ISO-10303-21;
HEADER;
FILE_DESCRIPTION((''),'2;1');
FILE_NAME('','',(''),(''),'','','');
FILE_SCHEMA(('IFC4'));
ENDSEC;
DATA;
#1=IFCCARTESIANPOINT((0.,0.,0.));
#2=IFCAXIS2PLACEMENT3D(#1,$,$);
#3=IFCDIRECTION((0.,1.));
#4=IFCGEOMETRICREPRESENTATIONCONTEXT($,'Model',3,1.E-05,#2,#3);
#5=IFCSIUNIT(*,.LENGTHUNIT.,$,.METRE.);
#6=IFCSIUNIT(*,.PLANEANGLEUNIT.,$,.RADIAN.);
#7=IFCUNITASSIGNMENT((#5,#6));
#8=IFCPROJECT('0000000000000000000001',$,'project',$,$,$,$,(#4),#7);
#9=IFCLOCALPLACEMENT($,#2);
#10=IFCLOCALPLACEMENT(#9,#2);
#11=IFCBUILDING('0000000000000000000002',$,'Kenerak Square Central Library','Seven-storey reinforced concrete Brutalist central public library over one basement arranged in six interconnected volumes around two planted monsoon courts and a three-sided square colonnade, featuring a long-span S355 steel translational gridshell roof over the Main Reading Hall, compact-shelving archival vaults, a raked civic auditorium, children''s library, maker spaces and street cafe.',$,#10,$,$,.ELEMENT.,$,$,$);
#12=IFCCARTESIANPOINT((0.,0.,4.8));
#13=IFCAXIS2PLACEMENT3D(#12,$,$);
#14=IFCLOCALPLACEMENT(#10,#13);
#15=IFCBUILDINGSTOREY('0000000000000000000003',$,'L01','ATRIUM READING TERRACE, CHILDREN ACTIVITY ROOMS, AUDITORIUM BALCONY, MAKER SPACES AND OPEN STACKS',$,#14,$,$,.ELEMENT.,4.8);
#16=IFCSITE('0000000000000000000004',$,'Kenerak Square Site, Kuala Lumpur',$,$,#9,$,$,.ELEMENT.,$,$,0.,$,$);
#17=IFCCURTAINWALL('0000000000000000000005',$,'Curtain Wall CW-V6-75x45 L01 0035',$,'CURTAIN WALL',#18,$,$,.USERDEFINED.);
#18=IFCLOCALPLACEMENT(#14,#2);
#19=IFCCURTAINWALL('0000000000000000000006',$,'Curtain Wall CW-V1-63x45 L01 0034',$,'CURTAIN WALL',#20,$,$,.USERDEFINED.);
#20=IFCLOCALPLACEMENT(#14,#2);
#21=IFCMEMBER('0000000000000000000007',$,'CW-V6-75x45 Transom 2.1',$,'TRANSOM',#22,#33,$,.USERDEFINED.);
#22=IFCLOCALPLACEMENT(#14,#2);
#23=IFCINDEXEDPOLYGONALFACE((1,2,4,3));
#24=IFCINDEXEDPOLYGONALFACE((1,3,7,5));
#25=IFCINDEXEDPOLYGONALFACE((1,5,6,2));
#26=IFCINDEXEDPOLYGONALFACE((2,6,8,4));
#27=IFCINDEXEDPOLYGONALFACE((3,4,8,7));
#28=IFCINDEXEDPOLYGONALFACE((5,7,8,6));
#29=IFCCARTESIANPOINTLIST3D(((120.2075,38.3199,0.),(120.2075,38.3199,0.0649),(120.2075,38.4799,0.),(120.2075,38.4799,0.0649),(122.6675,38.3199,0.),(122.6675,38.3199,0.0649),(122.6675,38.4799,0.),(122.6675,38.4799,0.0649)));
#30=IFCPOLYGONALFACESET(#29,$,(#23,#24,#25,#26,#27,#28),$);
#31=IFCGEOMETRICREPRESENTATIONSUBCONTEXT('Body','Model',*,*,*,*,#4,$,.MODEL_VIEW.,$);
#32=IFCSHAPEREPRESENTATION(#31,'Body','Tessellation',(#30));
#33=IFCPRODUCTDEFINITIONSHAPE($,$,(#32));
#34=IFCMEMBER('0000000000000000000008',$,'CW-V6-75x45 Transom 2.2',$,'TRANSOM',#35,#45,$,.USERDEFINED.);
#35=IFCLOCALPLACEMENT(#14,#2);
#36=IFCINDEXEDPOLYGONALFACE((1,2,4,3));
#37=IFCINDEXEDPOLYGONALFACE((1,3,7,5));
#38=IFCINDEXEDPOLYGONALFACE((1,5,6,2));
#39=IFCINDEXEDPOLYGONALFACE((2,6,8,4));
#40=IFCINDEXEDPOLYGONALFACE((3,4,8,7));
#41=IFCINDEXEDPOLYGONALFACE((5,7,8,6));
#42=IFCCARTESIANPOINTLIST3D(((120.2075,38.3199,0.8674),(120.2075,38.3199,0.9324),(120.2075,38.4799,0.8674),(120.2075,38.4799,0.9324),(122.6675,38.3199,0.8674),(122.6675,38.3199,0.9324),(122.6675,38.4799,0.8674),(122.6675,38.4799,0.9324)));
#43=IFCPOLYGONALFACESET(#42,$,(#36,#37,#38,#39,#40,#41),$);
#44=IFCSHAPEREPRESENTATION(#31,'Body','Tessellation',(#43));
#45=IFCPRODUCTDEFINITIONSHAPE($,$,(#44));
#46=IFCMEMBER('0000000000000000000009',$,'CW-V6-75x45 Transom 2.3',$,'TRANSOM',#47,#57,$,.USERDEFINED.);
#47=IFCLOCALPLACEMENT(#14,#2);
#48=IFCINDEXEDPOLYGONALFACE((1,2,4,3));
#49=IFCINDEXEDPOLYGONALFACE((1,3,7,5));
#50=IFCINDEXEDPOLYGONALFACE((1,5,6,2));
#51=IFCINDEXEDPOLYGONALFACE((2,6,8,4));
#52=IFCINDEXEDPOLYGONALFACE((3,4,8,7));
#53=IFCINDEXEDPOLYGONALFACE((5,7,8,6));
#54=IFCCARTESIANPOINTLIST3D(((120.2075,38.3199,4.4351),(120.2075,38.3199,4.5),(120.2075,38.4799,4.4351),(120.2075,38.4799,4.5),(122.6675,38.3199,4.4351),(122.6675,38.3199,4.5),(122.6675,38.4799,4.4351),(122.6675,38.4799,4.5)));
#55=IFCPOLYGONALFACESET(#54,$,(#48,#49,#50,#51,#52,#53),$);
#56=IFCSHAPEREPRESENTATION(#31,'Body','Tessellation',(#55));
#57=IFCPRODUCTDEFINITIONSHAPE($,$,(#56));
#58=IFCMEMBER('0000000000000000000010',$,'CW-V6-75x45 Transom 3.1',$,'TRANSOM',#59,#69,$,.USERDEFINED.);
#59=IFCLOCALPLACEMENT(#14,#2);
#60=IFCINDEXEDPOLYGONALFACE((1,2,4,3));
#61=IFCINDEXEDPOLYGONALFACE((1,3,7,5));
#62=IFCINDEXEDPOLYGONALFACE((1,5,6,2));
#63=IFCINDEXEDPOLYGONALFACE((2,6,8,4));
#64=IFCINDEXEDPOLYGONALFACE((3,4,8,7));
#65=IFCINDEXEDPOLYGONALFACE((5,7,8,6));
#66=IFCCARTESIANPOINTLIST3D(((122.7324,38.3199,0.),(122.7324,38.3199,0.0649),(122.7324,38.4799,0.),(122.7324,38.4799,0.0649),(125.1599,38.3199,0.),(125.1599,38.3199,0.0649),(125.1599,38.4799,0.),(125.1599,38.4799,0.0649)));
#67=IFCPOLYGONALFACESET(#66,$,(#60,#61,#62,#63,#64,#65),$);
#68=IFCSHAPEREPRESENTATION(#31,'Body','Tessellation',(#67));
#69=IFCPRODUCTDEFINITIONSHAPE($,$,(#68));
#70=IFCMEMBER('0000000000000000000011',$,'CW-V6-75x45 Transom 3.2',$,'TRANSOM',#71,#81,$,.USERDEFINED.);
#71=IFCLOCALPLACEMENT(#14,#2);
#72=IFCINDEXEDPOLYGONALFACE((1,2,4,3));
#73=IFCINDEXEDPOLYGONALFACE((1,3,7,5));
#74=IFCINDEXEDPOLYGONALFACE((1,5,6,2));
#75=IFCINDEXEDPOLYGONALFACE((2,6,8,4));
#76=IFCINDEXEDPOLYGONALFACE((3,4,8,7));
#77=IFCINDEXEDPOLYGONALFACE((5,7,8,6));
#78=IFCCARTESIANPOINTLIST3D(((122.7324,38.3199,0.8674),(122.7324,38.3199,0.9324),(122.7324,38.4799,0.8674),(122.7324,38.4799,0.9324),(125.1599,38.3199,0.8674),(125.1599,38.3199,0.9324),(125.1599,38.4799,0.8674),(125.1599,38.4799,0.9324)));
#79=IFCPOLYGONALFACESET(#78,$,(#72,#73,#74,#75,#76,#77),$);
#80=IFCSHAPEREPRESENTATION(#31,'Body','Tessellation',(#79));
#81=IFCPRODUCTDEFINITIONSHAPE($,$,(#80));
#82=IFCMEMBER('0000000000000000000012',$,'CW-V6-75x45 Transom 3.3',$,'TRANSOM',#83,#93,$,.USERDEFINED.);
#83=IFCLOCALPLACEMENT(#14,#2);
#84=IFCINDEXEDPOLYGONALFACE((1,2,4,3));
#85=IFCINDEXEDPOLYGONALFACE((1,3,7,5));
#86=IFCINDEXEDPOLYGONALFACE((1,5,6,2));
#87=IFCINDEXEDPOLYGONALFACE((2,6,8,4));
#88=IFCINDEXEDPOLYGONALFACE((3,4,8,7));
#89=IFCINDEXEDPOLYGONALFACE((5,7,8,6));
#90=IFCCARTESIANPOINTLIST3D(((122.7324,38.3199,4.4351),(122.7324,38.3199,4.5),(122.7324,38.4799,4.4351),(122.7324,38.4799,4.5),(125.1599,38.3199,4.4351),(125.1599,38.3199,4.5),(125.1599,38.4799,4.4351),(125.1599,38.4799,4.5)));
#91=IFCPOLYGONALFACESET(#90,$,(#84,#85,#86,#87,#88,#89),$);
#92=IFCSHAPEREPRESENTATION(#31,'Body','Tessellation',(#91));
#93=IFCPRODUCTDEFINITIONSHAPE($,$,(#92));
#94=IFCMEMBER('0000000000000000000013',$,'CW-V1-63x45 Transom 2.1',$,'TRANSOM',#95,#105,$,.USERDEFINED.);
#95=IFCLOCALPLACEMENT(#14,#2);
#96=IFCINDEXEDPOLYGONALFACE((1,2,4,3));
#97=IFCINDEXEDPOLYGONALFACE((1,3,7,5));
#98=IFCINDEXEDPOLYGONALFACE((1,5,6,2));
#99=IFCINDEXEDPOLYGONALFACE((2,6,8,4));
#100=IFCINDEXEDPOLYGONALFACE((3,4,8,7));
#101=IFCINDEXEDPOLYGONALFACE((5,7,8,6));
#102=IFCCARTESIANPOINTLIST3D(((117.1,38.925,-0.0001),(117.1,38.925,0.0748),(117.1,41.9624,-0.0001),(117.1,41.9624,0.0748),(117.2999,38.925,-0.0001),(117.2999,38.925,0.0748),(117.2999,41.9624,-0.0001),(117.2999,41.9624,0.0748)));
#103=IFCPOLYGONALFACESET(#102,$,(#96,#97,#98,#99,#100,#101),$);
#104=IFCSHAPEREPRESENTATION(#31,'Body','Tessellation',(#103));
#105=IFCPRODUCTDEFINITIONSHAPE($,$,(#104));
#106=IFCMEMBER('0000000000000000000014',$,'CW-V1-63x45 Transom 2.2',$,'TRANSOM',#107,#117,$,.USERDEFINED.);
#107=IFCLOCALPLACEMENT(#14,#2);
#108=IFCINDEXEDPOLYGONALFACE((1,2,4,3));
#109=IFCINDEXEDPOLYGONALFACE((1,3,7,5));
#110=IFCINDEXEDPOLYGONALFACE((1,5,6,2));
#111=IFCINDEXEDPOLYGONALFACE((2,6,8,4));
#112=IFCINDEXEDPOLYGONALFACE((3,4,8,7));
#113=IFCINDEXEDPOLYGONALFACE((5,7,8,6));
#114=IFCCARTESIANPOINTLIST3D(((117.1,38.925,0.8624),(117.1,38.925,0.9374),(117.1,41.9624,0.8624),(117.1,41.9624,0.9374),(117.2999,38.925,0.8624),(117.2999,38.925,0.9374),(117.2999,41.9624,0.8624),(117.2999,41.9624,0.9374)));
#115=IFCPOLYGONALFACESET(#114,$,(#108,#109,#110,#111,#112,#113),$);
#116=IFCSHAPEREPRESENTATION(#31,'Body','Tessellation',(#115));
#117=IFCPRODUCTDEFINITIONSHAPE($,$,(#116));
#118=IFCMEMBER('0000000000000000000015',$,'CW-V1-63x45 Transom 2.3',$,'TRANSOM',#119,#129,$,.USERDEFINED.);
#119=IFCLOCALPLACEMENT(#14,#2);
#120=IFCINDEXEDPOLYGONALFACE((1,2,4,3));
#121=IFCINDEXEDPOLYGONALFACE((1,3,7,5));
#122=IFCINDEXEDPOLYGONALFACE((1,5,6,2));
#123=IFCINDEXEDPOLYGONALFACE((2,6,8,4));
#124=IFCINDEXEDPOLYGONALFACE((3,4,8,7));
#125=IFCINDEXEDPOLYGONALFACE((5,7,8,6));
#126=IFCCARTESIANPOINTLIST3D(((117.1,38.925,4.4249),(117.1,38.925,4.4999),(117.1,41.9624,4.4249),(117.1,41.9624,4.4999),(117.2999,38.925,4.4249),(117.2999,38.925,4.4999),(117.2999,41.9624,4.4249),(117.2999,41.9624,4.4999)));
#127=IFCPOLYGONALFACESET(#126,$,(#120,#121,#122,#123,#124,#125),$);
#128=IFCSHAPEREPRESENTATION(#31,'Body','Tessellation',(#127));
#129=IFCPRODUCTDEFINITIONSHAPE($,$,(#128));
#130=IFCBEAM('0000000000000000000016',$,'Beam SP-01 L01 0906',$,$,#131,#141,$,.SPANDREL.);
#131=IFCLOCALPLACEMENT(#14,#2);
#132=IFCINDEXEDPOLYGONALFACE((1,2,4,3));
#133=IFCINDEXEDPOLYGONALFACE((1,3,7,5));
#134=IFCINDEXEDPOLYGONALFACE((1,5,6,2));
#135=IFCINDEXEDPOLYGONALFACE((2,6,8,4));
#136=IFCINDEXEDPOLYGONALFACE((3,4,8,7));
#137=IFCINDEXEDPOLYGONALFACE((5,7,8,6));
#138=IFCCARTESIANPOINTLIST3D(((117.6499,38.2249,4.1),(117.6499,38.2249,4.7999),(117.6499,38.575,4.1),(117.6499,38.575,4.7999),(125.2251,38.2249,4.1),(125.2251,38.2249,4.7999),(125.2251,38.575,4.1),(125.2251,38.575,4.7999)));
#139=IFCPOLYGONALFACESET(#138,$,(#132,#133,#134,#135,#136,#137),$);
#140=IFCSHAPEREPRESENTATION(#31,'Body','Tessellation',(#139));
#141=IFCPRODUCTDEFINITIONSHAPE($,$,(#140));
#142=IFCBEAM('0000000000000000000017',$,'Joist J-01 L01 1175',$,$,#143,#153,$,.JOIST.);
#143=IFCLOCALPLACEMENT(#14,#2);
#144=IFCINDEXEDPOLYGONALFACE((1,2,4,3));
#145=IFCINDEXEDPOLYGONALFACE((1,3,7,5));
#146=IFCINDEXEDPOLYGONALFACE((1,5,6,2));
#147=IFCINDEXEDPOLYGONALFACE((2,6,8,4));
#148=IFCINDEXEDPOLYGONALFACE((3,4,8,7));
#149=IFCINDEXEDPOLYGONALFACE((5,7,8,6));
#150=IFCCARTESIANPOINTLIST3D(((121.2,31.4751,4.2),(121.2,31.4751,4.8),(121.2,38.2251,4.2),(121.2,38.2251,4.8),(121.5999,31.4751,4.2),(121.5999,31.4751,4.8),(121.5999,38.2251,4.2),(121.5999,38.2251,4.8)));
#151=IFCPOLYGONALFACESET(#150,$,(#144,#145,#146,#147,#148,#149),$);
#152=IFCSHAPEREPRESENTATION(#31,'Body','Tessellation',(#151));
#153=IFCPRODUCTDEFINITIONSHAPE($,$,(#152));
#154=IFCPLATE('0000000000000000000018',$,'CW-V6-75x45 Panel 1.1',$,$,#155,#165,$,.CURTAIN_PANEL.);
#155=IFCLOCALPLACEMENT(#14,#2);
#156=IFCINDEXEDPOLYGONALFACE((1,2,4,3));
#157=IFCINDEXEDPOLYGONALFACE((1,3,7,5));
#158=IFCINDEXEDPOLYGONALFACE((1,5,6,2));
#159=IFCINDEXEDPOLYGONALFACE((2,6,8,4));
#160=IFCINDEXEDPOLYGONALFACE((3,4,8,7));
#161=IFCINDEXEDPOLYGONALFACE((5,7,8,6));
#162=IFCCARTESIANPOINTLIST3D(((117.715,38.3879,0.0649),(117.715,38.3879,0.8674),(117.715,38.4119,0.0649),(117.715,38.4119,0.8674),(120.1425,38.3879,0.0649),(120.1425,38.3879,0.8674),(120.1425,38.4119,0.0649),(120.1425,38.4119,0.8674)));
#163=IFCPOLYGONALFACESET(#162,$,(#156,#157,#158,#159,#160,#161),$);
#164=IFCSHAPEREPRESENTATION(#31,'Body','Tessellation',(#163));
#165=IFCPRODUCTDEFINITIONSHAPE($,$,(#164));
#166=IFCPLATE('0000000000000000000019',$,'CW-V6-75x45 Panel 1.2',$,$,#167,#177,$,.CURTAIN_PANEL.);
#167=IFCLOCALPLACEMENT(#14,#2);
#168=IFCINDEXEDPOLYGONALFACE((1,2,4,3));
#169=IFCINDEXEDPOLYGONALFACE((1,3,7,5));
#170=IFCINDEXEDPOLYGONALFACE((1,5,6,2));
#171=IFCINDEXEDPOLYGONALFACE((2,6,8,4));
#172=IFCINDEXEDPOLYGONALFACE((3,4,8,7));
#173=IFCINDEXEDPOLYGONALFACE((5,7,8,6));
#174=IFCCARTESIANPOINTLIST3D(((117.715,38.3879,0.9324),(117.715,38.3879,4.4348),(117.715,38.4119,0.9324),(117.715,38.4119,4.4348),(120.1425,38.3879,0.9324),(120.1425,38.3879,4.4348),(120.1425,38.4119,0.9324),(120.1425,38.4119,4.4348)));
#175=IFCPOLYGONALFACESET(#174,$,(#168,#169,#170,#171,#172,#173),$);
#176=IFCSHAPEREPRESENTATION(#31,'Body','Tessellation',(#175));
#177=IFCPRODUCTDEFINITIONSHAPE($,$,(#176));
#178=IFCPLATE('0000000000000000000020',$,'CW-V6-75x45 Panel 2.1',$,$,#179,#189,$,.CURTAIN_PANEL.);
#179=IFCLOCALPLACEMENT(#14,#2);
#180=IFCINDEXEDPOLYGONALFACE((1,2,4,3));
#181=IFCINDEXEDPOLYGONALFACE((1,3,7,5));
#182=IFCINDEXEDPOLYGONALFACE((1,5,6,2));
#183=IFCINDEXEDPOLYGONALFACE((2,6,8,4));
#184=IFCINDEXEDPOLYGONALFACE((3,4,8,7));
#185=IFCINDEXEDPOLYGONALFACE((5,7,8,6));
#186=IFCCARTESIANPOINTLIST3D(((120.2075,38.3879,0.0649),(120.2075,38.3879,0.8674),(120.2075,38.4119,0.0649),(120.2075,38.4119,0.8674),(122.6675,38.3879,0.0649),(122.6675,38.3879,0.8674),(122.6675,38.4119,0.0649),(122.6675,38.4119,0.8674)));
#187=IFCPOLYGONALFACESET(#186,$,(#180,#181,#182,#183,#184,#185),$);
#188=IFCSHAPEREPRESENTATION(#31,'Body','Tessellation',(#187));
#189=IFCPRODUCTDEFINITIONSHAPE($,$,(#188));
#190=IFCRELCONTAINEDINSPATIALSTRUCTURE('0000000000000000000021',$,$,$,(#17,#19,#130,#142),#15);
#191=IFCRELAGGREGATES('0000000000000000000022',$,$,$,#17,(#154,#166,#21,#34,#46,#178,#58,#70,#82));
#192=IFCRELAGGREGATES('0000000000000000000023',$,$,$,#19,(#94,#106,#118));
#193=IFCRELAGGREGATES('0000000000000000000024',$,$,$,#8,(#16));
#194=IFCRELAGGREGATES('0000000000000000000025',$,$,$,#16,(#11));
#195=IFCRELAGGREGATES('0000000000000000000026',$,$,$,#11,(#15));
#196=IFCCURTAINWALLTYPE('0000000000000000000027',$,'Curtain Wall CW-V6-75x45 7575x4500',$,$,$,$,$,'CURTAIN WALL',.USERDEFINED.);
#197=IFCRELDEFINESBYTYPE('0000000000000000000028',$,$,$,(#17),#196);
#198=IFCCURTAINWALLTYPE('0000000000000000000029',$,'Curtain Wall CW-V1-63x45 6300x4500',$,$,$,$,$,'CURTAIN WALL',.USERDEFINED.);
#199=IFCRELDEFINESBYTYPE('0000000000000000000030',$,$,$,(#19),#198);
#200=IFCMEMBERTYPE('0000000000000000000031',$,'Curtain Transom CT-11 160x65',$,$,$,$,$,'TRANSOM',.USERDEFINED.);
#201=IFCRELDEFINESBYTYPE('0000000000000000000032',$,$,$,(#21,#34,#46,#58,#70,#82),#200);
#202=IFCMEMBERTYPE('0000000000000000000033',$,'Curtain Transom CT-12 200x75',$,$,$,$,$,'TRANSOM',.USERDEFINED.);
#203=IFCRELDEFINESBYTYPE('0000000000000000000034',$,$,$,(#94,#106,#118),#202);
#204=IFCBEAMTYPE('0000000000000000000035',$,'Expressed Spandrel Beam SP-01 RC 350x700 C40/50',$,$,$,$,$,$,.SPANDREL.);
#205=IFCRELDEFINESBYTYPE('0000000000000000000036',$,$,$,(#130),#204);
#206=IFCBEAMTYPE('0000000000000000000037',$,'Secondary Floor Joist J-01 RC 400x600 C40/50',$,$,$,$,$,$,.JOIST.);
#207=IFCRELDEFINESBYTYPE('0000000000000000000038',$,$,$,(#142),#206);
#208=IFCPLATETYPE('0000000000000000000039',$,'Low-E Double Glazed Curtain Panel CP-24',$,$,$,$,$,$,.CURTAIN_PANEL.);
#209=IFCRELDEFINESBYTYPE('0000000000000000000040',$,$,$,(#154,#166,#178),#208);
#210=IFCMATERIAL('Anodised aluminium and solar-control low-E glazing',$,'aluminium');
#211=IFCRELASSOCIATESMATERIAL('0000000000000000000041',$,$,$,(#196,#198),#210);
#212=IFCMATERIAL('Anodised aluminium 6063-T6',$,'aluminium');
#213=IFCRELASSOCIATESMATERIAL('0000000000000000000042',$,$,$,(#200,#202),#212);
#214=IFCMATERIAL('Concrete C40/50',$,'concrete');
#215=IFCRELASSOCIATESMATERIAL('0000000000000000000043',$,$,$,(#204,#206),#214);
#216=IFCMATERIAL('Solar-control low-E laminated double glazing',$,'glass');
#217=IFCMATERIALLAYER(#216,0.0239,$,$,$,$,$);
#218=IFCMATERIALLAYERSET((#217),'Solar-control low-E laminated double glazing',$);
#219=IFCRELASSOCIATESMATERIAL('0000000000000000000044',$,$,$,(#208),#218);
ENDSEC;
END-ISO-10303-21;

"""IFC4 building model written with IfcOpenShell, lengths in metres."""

from ifc_helpers import new_model, si_unit, direction, frame, origin, origin_2d, place, context, subcontext, project, spatial, rectangle, extrude, material, layer, layer_set, material_profile, profile_set, type_object, element, aggregate, save


model = new_model("IFC4")

# Units and contexts
model_context = context("Model", 3, precision=1e-05, world=origin(), true_north=direction((0.0, 1.0)))
body_context = subcontext(model_context, "Body", "Model", "MODEL_VIEW")
ifc_project = project(units=[si_unit("LENGTHUNIT", "METRE"), si_unit("PLANEANGLEUNIT", "RADIAN")], contexts=[model_context])

# Site, building, storey
site_placement = place(None, origin())
site = spatial("IfcSite", under=ifc_project, at=site_placement, Name="Kenerak Square Site, Kuala Lumpur", CompositionType="ELEMENT", RefElevation=0.0)
building_placement = place(site_placement, origin())
building = spatial("IfcBuilding", under=site, at=building_placement, Name="Kenerak Square Central Library", Description="Seven-storey reinforced concrete Brutalist central public library over one basement arranged in six interconnected volumes around two planted monsoon courts and a three-sided square colonnade, featuring a long-span S355 steel translational gridshell roof over the Main Reading Hall, compact-shelving archival vaults, a raked civic auditorium, children's library, maker spaces and street cafe.", CompositionType="ELEMENT")
storey_placement = place(building_placement, frame((0.0, 0.0, 4.8)))
storey = spatial("IfcBuildingStorey", under=building, at=storey_placement, Name="L01", Description="ATRIUM READING TERRACE, CHILDREN ACTIVITY ROOMS, AUDITORIUM BALCONY, MAKER SPACES AND OPEN STACKS", CompositionType="ELEMENT", Elevation=4.8)

# Shared definitions
ifc_material_1 = material(Name="Concrete C40/50", Category="concrete")

# Curtain walls
ifc_material_2 = material(Name="Anodised aluminium and solar-control low-E glazing", Category="aluminium")
curtain_wall_type_1 = type_object("IfcCurtainWallType", Name="Curtain Wall CW-V6-75x45 7575x4500", ElementType="CURTAIN WALL", PredefinedType="USERDEFINED", material=ifc_material_2)
curtain_wall_1_placement = place(storey_placement, origin())
curtain_wall_1 = element("IfcCurtainWall", 1, at=curtain_wall_1_placement, inside=storey, type_object=curtain_wall_type_1, Name="Curtain Wall CW-V6-75x45 L01 0035", ObjectType="CURTAIN WALL", PredefinedType="USERDEFINED")
ifc_material_3 = material(Name="Anodised aluminium 6063-T6", Category="aluminium")
curtain_wall_type_2 = type_object("IfcCurtainWallType", Name="Curtain Wall CW-V1-63x45 6300x4500", ElementType="CURTAIN WALL", PredefinedType="USERDEFINED", material=ifc_material_2)
curtain_wall_2_placement = place(storey_placement, origin())
curtain_wall_2 = element("IfcCurtainWall", 2, at=curtain_wall_2_placement, inside=storey, type_object=curtain_wall_type_2, Name="Curtain Wall CW-V1-63x45 L01 0034", ObjectType="CURTAIN WALL", PredefinedType="USERDEFINED")

# Members
ifc_material_profile_1 = material_profile(ifc_material_3, rectangle(XDim=0.1599, YDim=0.0649, at=origin_2d()), Name="AL TRANSOM 160x65")
ifc_profile_set_1 = profile_set([ifc_material_profile_1], Name="Anodised aluminium 6063-T6")
member_type_1 = type_object("IfcMemberType", Name="Curtain Transom CT-11 160x65", ElementType="TRANSOM", PredefinedType="USERDEFINED", material=ifc_profile_set_1)
member_1_placement = place(storey_placement, frame((120.2075, 38.3999, 0.0325), z_axis=(1.0, 0.0, 0.0), x_axis=(0.0, 1.0, 0.0)))
member_1 = element("IfcMember", 3, at=member_1_placement, type_object=member_type_1, Name="CW-V6-75x45 Transom 2.1", ObjectType="TRANSOM", PredefinedType="USERDEFINED", context=body_context, shape_type="SweptSolid", body=[
    extrude(rectangle(XDim=0.1599, YDim=0.0649, at=origin_2d()), origin(), (0.0, 0.0, 1.0), 2.46),
])
member_2_placement = place(storey_placement, frame((120.2075, 38.3999, 0.8999), z_axis=(1.0, 0.0, 0.0), x_axis=(0.0, 1.0, 0.0)))
member_2 = element("IfcMember", 4, at=member_2_placement, type_object=member_type_1, Name="CW-V6-75x45 Transom 2.2", ObjectType="TRANSOM", PredefinedType="USERDEFINED", context=body_context, shape_type="SweptSolid", body=[
    extrude(rectangle(XDim=0.1599, YDim=0.0649, at=origin_2d()), origin(), (0.0, 0.0, 1.0), 2.46),
])
member_3_placement = place(storey_placement, frame((120.2075, 38.3999, 4.4675), z_axis=(1.0, 0.0, 0.0), x_axis=(0.0, 1.0, 0.0)))
member_3 = element("IfcMember", 5, at=member_3_placement, type_object=member_type_1, Name="CW-V6-75x45 Transom 2.3", ObjectType="TRANSOM", PredefinedType="USERDEFINED", context=body_context, shape_type="SweptSolid", body=[
    extrude(rectangle(XDim=0.1599, YDim=0.0649, at=origin_2d()), origin(), (0.0, 0.0, 1.0), 2.46),
])
member_4_placement = place(storey_placement, frame((122.7324, 38.3999, 0.0325), z_axis=(1.0, 0.0, 0.0), x_axis=(0.0, 1.0, 0.0)))
member_4 = element("IfcMember", 6, at=member_4_placement, type_object=member_type_1, Name="CW-V6-75x45 Transom 3.1", ObjectType="TRANSOM", PredefinedType="USERDEFINED", context=body_context, shape_type="SweptSolid", body=[
    extrude(rectangle(XDim=0.1599, YDim=0.0649, at=origin_2d()), origin(), (0.0, 0.0, 1.0), 2.4275),
])
member_5_placement = place(storey_placement, frame((122.7324, 38.3999, 0.8999), z_axis=(1.0, 0.0, 0.0), x_axis=(0.0, 1.0, 0.0)))
member_5 = element("IfcMember", 7, at=member_5_placement, type_object=member_type_1, Name="CW-V6-75x45 Transom 3.2", ObjectType="TRANSOM", PredefinedType="USERDEFINED", context=body_context, shape_type="SweptSolid", body=[
    extrude(rectangle(XDim=0.1599, YDim=0.0649, at=origin_2d()), origin(), (0.0, 0.0, 1.0), 2.4275),
])
member_6_placement = place(storey_placement, frame((122.7324, 38.3999, 4.4675), z_axis=(1.0, 0.0, 0.0), x_axis=(0.0, 1.0, 0.0)))
member_6 = element("IfcMember", 8, at=member_6_placement, type_object=member_type_1, Name="CW-V6-75x45 Transom 3.3", ObjectType="TRANSOM", PredefinedType="USERDEFINED", context=body_context, shape_type="SweptSolid", body=[
    extrude(rectangle(XDim=0.1599, YDim=0.0649, at=origin_2d()), origin(), (0.0, 0.0, 1.0), 2.4275),
])
ifc_material_profile_2 = material_profile(ifc_material_3, rectangle(XDim=0.2, YDim=0.075, at=origin_2d()), Name="AL TRANSOM 200x75")
ifc_profile_set_2 = profile_set([ifc_material_profile_2], Name="Anodised aluminium 6063-T6")
member_type_2 = type_object("IfcMemberType", Name="Curtain Transom CT-12 200x75", ElementType="TRANSOM", PredefinedType="USERDEFINED", material=ifc_profile_set_2)
member_7_placement = place(storey_placement, frame((117.2, 41.9624, 0.0374), z_axis=(0.0, -1.0, 0.0), x_axis=(1.0, 0.0, 0.0)))
member_7 = element("IfcMember", 9, at=member_7_placement, type_object=member_type_2, Name="CW-V1-63x45 Transom 2.1", ObjectType="TRANSOM", PredefinedType="USERDEFINED", context=body_context, shape_type="SweptSolid", body=[
    extrude(rectangle(XDim=0.2, YDim=0.075, at=origin_2d()), origin(), (0.0, 0.0, 1.0), 3.0374),
])
member_8_placement = place(storey_placement, frame((117.2, 41.9624, 0.8999), z_axis=(0.0, -1.0, 0.0), x_axis=(1.0, 0.0, 0.0)))
member_8 = element("IfcMember", 10, at=member_8_placement, type_object=member_type_2, Name="CW-V1-63x45 Transom 2.2", ObjectType="TRANSOM", PredefinedType="USERDEFINED", context=body_context, shape_type="SweptSolid", body=[
    extrude(rectangle(XDim=0.2, YDim=0.075, at=origin_2d()), origin(), (0.0, 0.0, 1.0), 3.0374),
])
member_9_placement = place(storey_placement, frame((117.2, 41.9624, 4.4624), z_axis=(0.0, -1.0, 0.0), x_axis=(1.0, 0.0, 0.0)))
member_9 = element("IfcMember", 11, at=member_9_placement, type_object=member_type_2, Name="CW-V1-63x45 Transom 2.3", ObjectType="TRANSOM", PredefinedType="USERDEFINED", context=body_context, shape_type="SweptSolid", body=[
    extrude(rectangle(XDim=0.2, YDim=0.075, at=origin_2d()), origin(), (0.0, 0.0, 1.0), 3.0374),
])

# Beams
ifc_material_profile_3 = material_profile(ifc_material_1, rectangle(XDim=0.3501, YDim=0.7, at=origin_2d()), Name="RC 350x700")
ifc_profile_set_3 = profile_set([ifc_material_profile_3], Name="Concrete C40/50")
beam_type_1 = type_object("IfcBeamType", Name="Expressed Spandrel Beam SP-01 RC 350x700 C40/50", PredefinedType="SPANDREL", material=ifc_profile_set_3)
beam_1_placement = place(storey_placement, frame((117.6499, 38.3999, 4.45), z_axis=(1.0, 0.0, 0.0), x_axis=(0.0, 1.0, 0.0)))
element("IfcBeam", 12, at=beam_1_placement, inside=storey, type_object=beam_type_1, Name="Beam SP-01 L01 0906", PredefinedType="SPANDREL", context=body_context, shape_type="SweptSolid", body=[
    extrude(rectangle(XDim=0.3501, YDim=0.7, at=origin_2d()), origin(), (0.0, 0.0, 1.0), 7.5752),
])
ifc_material_profile_4 = material_profile(ifc_material_1, rectangle(XDim=0.3999, YDim=0.6001, at=origin_2d()), Name="RC 400x600")
ifc_profile_set_4 = profile_set([ifc_material_profile_4], Name="Concrete C40/50")
beam_type_2 = type_object("IfcBeamType", Name="Secondary Floor Joist J-01 RC 400x600 C40/50", PredefinedType="JOIST", material=ifc_profile_set_4)
beam_2_placement = place(storey_placement, frame((121.3999, 31.4751, 4.5), z_axis=(0.0, 1.0, 0.0), x_axis=(-1.0, 0.0, 0.0)))
element("IfcBeam", 13, at=beam_2_placement, inside=storey, type_object=beam_type_2, Name="Joist J-01 L01 1175", PredefinedType="JOIST", context=body_context, shape_type="SweptSolid", body=[
    extrude(rectangle(XDim=0.3999, YDim=0.6001, at=origin_2d()), origin(), (0.0, 0.0, 1.0), 6.75),
])

# Plates
ifc_material_4 = material(Name="Solar-control low-E laminated double glazing", Category="glass")
ifc_layer_1 = layer(ifc_material_4, 0.0239)
ifc_layer_set_1 = layer_set([ifc_layer_1], Name="Solar-control low-E laminated double glazing")
plate_type_1 = type_object("IfcPlateType", Name="Low-E Double Glazed Curtain Panel CP-24", PredefinedType="CURTAIN_PANEL", material=ifc_layer_set_1)
plate_1_placement = place(storey_placement, frame((118.9287, 38.3999, 0.0649), z_axis=(0.0, 0.0, 1.0), x_axis=(1.0, 0.0, 0.0)))
plate_1 = element("IfcPlate", 14, at=plate_1_placement, type_object=plate_type_1, Name="CW-V6-75x45 Panel 1.1", PredefinedType="CURTAIN_PANEL", context=body_context, shape_type="SweptSolid", body=[
    extrude(rectangle(XDim=2.4275, YDim=0.0239, at=origin_2d()), origin(), (0.0, 0.0, 1.0), 0.8025),
])
plate_2_placement = place(storey_placement, frame((118.9287, 38.3999, 0.9324), z_axis=(0.0, 0.0, 1.0), x_axis=(1.0, 0.0, 0.0)))
plate_2 = element("IfcPlate", 15, at=plate_2_placement, type_object=plate_type_1, Name="CW-V6-75x45 Panel 1.2", PredefinedType="CURTAIN_PANEL", context=body_context, shape_type="SweptSolid", body=[
    extrude(rectangle(XDim=2.4275, YDim=0.0239, at=origin_2d()), origin(), (0.0, 0.0, 1.0), 3.5024),
])
plate_3_placement = place(storey_placement, frame((121.4375, 38.3999, 0.0649), z_axis=(0.0, 0.0, 1.0), x_axis=(1.0, 0.0, 0.0)))
plate_3 = element("IfcPlate", 16, at=plate_3_placement, type_object=plate_type_1, Name="CW-V6-75x45 Panel 2.1", PredefinedType="CURTAIN_PANEL", context=body_context, shape_type="SweptSolid", body=[
    extrude(rectangle(XDim=2.46, YDim=0.0239, at=origin_2d()), origin(), (0.0, 0.0, 1.0), 0.8025),
])
aggregate(curtain_wall_1, [plate_1, plate_2, member_1, member_2, member_3, plate_3, member_4, member_5, member_6])
aggregate(curtain_wall_2, [member_7, member_8, member_9])

save(model, "model.ifc")
